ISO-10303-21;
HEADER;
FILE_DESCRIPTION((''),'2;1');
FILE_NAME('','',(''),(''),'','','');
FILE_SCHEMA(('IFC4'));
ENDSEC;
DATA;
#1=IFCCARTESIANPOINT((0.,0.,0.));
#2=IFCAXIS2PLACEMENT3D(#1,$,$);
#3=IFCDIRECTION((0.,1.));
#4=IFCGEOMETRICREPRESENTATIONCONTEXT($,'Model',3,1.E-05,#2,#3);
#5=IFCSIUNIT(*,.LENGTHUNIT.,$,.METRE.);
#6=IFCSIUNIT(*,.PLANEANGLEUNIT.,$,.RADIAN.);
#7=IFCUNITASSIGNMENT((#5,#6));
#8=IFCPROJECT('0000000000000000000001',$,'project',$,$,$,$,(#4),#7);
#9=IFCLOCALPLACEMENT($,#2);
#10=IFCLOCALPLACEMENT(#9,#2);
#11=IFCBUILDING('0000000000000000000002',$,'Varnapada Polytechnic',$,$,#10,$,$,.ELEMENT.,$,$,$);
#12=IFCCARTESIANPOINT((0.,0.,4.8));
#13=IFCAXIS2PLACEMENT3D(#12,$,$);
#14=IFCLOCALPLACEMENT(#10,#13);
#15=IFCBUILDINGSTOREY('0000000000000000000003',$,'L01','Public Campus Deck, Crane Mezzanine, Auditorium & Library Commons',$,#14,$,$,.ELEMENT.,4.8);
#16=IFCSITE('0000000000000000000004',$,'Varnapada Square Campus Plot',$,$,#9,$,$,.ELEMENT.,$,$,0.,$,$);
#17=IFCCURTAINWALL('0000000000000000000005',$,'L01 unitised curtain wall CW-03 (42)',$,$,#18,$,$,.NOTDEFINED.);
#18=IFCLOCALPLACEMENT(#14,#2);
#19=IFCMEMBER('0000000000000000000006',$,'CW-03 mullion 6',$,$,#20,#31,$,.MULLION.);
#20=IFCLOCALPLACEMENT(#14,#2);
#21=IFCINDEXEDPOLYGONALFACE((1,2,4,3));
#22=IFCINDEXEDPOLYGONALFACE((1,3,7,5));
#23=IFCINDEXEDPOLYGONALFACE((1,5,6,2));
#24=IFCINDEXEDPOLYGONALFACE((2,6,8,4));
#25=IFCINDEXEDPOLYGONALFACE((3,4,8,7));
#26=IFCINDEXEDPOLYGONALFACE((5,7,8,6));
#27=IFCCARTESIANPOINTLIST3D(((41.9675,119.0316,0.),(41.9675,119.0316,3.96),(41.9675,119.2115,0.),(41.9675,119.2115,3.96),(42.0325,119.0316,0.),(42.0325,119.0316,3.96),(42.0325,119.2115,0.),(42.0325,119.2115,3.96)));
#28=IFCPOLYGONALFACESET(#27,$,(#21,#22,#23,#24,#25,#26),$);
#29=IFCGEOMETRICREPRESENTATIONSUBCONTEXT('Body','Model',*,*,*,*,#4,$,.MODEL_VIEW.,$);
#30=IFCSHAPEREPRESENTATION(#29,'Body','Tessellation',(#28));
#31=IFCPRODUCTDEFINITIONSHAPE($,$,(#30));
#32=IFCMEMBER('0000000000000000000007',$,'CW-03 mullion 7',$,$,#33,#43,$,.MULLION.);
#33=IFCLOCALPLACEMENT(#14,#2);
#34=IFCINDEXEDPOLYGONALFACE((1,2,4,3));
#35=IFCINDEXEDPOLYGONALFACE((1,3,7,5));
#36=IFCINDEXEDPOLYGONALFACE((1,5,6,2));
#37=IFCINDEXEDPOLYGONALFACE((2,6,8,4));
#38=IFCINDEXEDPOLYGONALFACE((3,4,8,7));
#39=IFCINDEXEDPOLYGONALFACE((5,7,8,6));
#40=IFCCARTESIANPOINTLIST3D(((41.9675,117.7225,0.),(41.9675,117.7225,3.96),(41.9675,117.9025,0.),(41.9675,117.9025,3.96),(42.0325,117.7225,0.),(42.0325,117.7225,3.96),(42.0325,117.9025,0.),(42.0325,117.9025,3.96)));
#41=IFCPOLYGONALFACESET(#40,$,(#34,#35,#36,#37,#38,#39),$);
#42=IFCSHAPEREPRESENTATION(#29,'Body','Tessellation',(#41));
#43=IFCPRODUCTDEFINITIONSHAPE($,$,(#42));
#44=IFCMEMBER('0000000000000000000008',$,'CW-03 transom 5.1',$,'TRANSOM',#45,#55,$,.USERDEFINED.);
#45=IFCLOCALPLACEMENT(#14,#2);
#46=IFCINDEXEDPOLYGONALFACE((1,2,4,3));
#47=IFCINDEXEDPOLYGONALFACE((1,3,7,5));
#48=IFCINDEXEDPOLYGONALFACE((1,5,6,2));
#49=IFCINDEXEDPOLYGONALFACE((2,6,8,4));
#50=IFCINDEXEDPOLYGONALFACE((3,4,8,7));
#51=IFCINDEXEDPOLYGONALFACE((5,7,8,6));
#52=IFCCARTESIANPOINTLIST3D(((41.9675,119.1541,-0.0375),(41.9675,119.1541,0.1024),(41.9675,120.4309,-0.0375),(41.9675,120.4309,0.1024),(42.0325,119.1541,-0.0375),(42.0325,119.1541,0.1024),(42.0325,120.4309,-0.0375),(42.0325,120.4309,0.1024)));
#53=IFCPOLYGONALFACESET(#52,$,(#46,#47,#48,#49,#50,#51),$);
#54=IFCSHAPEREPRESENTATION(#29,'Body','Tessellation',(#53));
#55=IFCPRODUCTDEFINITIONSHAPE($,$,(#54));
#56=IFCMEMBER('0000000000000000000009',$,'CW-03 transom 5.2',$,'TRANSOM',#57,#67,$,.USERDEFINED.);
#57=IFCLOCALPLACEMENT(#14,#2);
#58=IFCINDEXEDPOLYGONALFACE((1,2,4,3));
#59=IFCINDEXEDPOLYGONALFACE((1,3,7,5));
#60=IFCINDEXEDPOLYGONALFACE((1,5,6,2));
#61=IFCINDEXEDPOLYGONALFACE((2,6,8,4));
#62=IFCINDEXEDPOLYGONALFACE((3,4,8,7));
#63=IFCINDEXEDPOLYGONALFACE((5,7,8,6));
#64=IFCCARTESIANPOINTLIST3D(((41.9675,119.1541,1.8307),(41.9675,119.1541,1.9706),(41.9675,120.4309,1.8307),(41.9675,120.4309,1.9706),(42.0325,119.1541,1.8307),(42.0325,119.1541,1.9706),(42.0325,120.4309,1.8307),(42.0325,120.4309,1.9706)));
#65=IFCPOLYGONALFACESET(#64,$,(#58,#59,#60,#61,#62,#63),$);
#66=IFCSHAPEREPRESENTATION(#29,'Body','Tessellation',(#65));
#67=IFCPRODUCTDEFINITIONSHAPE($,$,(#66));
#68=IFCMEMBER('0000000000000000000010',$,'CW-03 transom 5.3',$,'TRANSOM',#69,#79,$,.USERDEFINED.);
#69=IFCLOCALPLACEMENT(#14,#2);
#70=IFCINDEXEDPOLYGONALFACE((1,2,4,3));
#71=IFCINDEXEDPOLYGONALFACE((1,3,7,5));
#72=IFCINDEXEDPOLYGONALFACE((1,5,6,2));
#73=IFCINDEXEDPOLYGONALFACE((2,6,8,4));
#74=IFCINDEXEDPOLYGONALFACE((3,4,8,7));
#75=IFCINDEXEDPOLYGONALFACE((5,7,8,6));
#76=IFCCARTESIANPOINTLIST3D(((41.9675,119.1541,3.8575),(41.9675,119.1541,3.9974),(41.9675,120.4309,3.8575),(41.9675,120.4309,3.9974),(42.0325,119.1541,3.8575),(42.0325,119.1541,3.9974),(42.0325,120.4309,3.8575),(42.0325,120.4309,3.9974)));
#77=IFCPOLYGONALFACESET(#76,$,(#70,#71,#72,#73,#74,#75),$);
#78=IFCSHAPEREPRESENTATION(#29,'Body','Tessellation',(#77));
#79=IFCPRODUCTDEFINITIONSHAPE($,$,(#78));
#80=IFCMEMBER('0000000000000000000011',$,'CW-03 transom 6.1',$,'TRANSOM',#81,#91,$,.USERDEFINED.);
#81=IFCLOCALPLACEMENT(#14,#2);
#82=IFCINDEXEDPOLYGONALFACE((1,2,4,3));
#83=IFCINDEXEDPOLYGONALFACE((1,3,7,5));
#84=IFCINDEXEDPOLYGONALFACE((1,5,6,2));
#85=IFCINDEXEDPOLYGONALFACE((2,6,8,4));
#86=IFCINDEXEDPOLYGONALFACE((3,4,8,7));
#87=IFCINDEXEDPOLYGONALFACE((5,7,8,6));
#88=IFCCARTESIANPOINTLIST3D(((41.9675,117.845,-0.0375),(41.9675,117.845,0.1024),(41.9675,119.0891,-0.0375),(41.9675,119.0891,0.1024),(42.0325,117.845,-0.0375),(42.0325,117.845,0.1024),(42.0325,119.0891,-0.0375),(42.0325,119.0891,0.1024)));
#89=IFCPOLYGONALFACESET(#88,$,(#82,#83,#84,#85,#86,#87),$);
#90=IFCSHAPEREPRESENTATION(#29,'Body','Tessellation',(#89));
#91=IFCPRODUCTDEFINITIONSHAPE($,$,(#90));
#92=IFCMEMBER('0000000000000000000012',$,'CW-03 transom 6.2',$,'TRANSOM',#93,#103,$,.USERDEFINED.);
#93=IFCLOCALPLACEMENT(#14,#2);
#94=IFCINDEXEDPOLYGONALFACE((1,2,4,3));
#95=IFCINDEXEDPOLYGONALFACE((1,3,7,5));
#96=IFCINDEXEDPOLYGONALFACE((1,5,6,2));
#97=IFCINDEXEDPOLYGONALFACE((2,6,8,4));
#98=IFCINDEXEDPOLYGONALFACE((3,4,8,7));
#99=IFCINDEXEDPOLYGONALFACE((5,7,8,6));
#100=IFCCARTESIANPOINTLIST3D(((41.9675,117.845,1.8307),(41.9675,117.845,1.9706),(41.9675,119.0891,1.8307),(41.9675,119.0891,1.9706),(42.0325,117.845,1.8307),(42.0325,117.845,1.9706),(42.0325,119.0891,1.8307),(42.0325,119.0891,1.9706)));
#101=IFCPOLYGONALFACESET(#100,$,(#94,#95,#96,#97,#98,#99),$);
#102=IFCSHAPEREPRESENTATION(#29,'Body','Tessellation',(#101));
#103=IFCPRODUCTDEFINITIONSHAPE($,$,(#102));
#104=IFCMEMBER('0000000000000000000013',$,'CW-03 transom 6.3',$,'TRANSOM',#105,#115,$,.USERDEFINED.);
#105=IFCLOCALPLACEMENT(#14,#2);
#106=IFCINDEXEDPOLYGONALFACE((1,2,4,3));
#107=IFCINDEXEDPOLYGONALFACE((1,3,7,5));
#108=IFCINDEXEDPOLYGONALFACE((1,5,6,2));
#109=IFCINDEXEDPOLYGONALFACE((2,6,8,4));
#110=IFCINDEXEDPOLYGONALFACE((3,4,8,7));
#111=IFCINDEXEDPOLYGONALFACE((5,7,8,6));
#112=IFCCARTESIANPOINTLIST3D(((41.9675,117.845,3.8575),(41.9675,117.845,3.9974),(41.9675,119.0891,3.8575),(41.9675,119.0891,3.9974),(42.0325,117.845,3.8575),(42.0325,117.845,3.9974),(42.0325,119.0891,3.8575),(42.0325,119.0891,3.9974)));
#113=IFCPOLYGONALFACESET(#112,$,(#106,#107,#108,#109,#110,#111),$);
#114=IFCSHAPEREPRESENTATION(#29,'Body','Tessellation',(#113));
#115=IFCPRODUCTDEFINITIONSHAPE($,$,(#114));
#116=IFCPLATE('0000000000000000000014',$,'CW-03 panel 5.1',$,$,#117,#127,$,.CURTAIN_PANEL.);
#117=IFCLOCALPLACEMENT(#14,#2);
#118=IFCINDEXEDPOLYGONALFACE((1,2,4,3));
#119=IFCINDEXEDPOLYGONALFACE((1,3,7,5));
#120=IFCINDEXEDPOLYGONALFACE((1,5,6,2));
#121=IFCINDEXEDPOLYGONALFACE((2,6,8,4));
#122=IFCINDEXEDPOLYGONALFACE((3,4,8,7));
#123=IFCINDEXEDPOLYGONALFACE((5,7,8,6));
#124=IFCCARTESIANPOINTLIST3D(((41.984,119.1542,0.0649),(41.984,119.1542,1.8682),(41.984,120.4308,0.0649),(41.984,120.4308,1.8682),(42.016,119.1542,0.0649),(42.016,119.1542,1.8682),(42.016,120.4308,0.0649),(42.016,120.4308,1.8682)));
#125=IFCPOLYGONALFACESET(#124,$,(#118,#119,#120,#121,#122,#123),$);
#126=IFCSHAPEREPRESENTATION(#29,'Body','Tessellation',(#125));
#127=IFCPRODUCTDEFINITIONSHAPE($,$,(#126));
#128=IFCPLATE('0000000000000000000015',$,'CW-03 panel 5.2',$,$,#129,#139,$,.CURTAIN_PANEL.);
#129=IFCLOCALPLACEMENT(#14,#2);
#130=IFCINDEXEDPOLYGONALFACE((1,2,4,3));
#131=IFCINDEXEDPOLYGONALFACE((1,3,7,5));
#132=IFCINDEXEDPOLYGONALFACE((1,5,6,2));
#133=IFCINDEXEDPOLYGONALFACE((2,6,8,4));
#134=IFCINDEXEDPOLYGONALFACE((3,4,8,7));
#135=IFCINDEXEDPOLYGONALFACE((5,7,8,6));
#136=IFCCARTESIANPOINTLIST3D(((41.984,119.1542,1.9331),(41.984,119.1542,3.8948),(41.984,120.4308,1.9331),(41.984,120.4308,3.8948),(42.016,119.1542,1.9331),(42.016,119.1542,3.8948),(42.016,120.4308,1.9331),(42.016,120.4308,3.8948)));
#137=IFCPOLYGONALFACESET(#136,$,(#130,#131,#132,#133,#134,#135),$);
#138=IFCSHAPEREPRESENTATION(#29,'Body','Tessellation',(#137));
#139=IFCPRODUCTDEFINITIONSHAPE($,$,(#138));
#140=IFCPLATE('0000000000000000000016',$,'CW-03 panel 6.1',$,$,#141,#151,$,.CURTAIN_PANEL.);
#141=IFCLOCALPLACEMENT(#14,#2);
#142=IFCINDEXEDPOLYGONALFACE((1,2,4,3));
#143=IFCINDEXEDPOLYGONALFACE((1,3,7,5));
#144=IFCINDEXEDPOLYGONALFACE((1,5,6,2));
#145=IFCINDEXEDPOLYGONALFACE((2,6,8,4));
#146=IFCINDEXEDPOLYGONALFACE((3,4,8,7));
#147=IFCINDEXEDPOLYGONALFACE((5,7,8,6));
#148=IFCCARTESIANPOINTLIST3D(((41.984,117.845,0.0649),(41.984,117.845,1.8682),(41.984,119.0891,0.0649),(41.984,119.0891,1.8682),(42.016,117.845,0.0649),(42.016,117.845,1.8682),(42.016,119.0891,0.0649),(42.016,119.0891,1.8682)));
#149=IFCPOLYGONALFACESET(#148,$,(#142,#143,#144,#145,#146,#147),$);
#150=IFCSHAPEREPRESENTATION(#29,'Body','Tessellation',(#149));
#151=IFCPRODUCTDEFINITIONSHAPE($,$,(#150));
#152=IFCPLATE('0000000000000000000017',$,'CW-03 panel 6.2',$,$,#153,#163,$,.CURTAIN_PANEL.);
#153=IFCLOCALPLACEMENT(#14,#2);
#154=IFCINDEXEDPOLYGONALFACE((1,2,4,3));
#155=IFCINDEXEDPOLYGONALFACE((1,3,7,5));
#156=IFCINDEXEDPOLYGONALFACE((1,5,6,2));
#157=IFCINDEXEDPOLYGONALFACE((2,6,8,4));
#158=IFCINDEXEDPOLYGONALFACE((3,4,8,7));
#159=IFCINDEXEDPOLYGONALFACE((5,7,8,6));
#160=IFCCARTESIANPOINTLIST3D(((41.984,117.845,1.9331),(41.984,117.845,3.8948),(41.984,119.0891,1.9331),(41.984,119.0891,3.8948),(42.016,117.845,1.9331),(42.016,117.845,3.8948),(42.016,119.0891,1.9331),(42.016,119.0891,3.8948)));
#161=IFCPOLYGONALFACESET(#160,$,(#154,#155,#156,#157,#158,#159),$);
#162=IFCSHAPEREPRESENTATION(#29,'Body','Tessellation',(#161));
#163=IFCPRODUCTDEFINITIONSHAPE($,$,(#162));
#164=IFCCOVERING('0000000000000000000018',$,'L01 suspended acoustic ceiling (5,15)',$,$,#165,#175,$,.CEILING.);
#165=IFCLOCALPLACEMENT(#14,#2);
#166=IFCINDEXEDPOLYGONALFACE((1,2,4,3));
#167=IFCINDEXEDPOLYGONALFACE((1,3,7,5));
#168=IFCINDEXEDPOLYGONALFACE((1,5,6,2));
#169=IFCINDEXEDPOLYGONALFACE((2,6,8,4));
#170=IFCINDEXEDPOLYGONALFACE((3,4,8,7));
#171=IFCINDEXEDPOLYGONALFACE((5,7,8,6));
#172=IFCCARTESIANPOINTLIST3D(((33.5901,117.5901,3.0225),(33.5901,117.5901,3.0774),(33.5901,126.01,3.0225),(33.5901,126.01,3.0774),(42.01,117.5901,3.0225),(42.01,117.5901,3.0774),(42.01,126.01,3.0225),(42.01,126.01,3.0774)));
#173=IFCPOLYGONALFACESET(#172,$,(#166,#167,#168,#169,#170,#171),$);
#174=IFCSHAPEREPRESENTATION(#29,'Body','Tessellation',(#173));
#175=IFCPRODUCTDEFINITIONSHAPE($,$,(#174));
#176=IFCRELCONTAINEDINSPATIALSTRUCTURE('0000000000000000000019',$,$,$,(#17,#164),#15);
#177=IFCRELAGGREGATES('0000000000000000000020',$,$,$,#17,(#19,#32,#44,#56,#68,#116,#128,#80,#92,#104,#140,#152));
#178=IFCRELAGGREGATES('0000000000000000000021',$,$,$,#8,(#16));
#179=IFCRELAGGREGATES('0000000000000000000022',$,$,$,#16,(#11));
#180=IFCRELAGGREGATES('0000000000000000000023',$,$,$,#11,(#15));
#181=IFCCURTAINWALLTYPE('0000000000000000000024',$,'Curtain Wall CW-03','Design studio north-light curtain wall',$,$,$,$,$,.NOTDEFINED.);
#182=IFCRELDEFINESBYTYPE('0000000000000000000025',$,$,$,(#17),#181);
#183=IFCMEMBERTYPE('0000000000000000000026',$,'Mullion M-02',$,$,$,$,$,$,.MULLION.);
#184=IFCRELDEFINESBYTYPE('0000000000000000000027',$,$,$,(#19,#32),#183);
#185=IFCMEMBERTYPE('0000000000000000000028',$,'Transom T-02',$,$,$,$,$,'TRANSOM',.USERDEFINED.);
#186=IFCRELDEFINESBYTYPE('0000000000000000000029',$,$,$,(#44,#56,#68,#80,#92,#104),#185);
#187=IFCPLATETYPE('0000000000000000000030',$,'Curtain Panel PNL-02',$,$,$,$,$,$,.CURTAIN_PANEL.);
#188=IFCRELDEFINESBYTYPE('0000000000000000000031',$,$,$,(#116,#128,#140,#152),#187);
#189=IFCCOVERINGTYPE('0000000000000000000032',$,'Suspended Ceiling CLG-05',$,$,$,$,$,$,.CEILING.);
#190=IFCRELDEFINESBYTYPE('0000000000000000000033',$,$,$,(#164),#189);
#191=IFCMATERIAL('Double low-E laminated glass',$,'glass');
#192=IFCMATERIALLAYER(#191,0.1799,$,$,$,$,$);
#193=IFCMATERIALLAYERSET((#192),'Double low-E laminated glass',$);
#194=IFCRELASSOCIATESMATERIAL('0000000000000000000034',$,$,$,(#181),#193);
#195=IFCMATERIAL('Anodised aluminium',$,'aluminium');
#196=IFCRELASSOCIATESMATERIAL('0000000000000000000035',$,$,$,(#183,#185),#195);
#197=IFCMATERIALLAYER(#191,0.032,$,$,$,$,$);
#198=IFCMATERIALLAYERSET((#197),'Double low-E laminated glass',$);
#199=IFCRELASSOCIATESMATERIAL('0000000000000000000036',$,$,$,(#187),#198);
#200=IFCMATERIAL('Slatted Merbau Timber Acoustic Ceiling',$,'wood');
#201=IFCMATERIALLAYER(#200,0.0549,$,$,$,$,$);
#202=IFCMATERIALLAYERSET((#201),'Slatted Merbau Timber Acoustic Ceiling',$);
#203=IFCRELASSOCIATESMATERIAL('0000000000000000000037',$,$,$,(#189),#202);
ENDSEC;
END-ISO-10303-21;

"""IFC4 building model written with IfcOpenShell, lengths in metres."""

from ifc_helpers import new_model, si_unit, direction, frame, origin, origin_2d, place, context, subcontext, project, spatial, rectangle, extrude, material, layer, layer_set, material_profile, profile_set, type_object, element, aggregate, save


model = new_model("IFC4")

# Units and contexts
model_context = context("Model", 3, precision=1e-05, world=origin(), true_north=direction((0.0, 1.0)))
body_context = subcontext(model_context, "Body", "Model", "MODEL_VIEW")
ifc_project = project(units=[si_unit("LENGTHUNIT", "METRE"), si_unit("PLANEANGLEUNIT", "RADIAN")], contexts=[model_context])

# Site, building, storey
site_placement = place(None, origin())
site = spatial("IfcSite", under=ifc_project, at=site_placement, Name="Varnapada Square Campus Plot", CompositionType="ELEMENT", RefElevation=0.0)
building_placement = place(site_placement, origin())
building = spatial("IfcBuilding", under=site, at=building_placement, Name="Varnapada Polytechnic", CompositionType="ELEMENT")
storey_placement = place(building_placement, frame((0.0, 0.0, 4.8)))
storey = spatial("IfcBuildingStorey", under=building, at=storey_placement, Name="L01", Description="Public Campus Deck, Crane Mezzanine, Auditorium & Library Commons", CompositionType="ELEMENT", Elevation=4.8)

# Curtain wall, members, plates
ifc_material_1 = material(Name="Double low-E laminated glass", Category="glass")
ifc_layer_1 = layer(ifc_material_1, 0.1799)
ifc_layer_set_1 = layer_set([ifc_layer_1], Name="Double low-E laminated glass")
curtain_wall_type = type_object("IfcCurtainWallType", Name="Curtain Wall CW-03", Description="Design studio north-light curtain wall", PredefinedType="NOTDEFINED", material=ifc_layer_set_1)
curtain_wall_placement = place(storey_placement, origin())
curtain_wall = element("IfcCurtainWall", 1, at=curtain_wall_placement, inside=storey, type_object=curtain_wall_type, Name="L01 unitised curtain wall CW-03 (42)", PredefinedType="NOTDEFINED")
ifc_material_2 = material(Name="Anodised aluminium", Category="aluminium")
ifc_material_profile_1 = material_profile(ifc_material_2, rectangle(XDim=0.0649, YDim=0.1799, at=origin_2d()), Name="ALU M65x180")
ifc_profile_set_1 = profile_set([ifc_material_profile_1], Name="Anodised aluminium")
member_type_1 = type_object("IfcMemberType", Name="Mullion M-02", PredefinedType="MULLION", material=ifc_profile_set_1)
member_1_placement = place(storey_placement, frame((42.0, 119.1216, 0.0), z_axis=(0.0, 0.0, 1.0), x_axis=(1.0, 0.0, 0.0)))
member_1 = element("IfcMember", 2, at=member_1_placement, type_object=member_type_1, Name="CW-03 mullion 6", PredefinedType="MULLION", context=body_context, shape_type="SweptSolid", body=[
    extrude(rectangle(XDim=0.0649, YDim=0.1799, at=origin_2d()), origin(), (0.0, 0.0, 1.0), 3.96),
])
member_2_placement = place(storey_placement, frame((42.0, 117.8125, 0.0), z_axis=(0.0, 0.0, 1.0), x_axis=(1.0, 0.0, 0.0)))
member_2 = element("IfcMember", 3, at=member_2_placement, type_object=member_type_1, Name="CW-03 mullion 7", PredefinedType="MULLION", context=body_context, shape_type="SweptSolid", body=[
    extrude(rectangle(XDim=0.0649, YDim=0.1799, at=origin_2d()), origin(), (0.0, 0.0, 1.0), 3.96),
])
ifc_material_profile_2 = material_profile(ifc_material_2, rectangle(XDim=0.0649, YDim=0.1399, at=origin_2d()), Name="ALU T65x140")
ifc_profile_set_2 = profile_set([ifc_material_profile_2], Name="Anodised aluminium")
member_type_2 = type_object("IfcMemberType", Name="Transom T-02", ElementType="TRANSOM", PredefinedType="USERDEFINED", material=ifc_profile_set_2)
member_3_placement = place(storey_placement, frame((42.0, 120.4309, 0.0325), z_axis=(0.0, -1.0, 0.0), x_axis=(1.0, 0.0, 0.0)))
member_3 = element("IfcMember", 4, at=member_3_placement, type_object=member_type_2, Name="CW-03 transom 5.1", ObjectType="TRANSOM", PredefinedType="USERDEFINED", context=body_context, shape_type="SweptSolid", body=[
    extrude(rectangle(XDim=0.0649, YDim=0.1399, at=origin_2d()), origin(), (0.0, 0.0, 1.0), 1.2769),
])
member_4_placement = place(storey_placement, frame((42.0, 120.4309, 1.9006), z_axis=(0.0, -1.0, 0.0), x_axis=(1.0, 0.0, 0.0)))
member_4 = element("IfcMember", 5, at=member_4_placement, type_object=member_type_2, Name="CW-03 transom 5.2", ObjectType="TRANSOM", PredefinedType="USERDEFINED", context=body_context, shape_type="SweptSolid", body=[
    extrude(rectangle(XDim=0.0649, YDim=0.1399, at=origin_2d()), origin(), (0.0, 0.0, 1.0), 1.2769),
])
member_5_placement = place(storey_placement, frame((42.0, 120.4309, 3.9275), z_axis=(0.0, -1.0, 0.0), x_axis=(1.0, 0.0, 0.0)))
member_5 = element("IfcMember", 6, at=member_5_placement, type_object=member_type_2, Name="CW-03 transom 5.3", ObjectType="TRANSOM", PredefinedType="USERDEFINED", context=body_context, shape_type="SweptSolid", body=[
    extrude(rectangle(XDim=0.0649, YDim=0.1399, at=origin_2d()), origin(), (0.0, 0.0, 1.0), 1.2769),
])
member_6_placement = place(storey_placement, frame((42.0, 119.0891, 0.0325), z_axis=(0.0, -1.0, 0.0), x_axis=(1.0, 0.0, 0.0)))
member_6 = element("IfcMember", 7, at=member_6_placement, type_object=member_type_2, Name="CW-03 transom 6.1", ObjectType="TRANSOM", PredefinedType="USERDEFINED", context=body_context, shape_type="SweptSolid", body=[
    extrude(rectangle(XDim=0.0649, YDim=0.1399, at=origin_2d()), origin(), (0.0, 0.0, 1.0), 1.2441),
])
member_7_placement = place(storey_placement, frame((42.0, 119.0891, 1.9006), z_axis=(0.0, -1.0, 0.0), x_axis=(1.0, 0.0, 0.0)))
member_7 = element("IfcMember", 8, at=member_7_placement, type_object=member_type_2, Name="CW-03 transom 6.2", ObjectType="TRANSOM", PredefinedType="USERDEFINED", context=body_context, shape_type="SweptSolid", body=[
    extrude(rectangle(XDim=0.0649, YDim=0.1399, at=origin_2d()), origin(), (0.0, 0.0, 1.0), 1.2441),
])
member_8_placement = place(storey_placement, frame((42.0, 119.0891, 3.9275), z_axis=(0.0, -1.0, 0.0), x_axis=(1.0, 0.0, 0.0)))
member_8 = element("IfcMember", 9, at=member_8_placement, type_object=member_type_2, Name="CW-03 transom 6.3", ObjectType="TRANSOM", PredefinedType="USERDEFINED", context=body_context, shape_type="SweptSolid", body=[
    extrude(rectangle(XDim=0.0649, YDim=0.1399, at=origin_2d()), origin(), (0.0, 0.0, 1.0), 1.2441),
])
ifc_layer_2 = layer(ifc_material_1, 0.032)
ifc_layer_set_2 = layer_set([ifc_layer_2], Name="Double low-E laminated glass")
plate_type = type_object("IfcPlateType", Name="Curtain Panel PNL-02", PredefinedType="CURTAIN_PANEL", material=ifc_layer_set_2)
plate_1_placement = place(storey_placement, frame((42.0, 119.7925, 0.0649), z_axis=(0.0, 0.0, 1.0), x_axis=(0.0, -1.0, 0.0)))
plate_1 = element("IfcPlate", 10, at=plate_1_placement, type_object=plate_type, Name="CW-03 panel 5.1", PredefinedType="CURTAIN_PANEL", context=body_context, shape_type="SweptSolid", body=[
    extrude(rectangle(XDim=1.2766, YDim=0.032, at=origin_2d()), origin(), (0.0, 0.0, 1.0), 1.8032),
])
plate_2_placement = place(storey_placement, frame((42.0, 119.7925, 1.9331), z_axis=(0.0, 0.0, 1.0), x_axis=(0.0, -1.0, 0.0)))
plate_2 = element("IfcPlate", 11, at=plate_2_placement, type_object=plate_type, Name="CW-03 panel 5.2", PredefinedType="CURTAIN_PANEL", context=body_context, shape_type="SweptSolid", body=[
    extrude(rectangle(XDim=1.2766, YDim=0.032, at=origin_2d()), origin(), (0.0, 0.0, 1.0), 1.9617),
])
plate_3_placement = place(storey_placement, frame((42.0, 118.467, 0.0649), z_axis=(0.0, 0.0, 1.0), x_axis=(0.0, -1.0, 0.0)))
plate_3 = element("IfcPlate", 12, at=plate_3_placement, type_object=plate_type, Name="CW-03 panel 6.1", PredefinedType="CURTAIN_PANEL", context=body_context, shape_type="SweptSolid", body=[
    extrude(rectangle(XDim=1.2441, YDim=0.032, at=origin_2d()), origin(), (0.0, 0.0, 1.0), 1.8032),
])
plate_4_placement = place(storey_placement, frame((42.0, 118.467, 1.9331), z_axis=(0.0, 0.0, 1.0), x_axis=(0.0, -1.0, 0.0)))
plate_4 = element("IfcPlate", 13, at=plate_4_placement, type_object=plate_type, Name="CW-03 panel 6.2", PredefinedType="CURTAIN_PANEL", context=body_context, shape_type="SweptSolid", body=[
    extrude(rectangle(XDim=1.2441, YDim=0.032, at=origin_2d()), origin(), (0.0, 0.0, 1.0), 1.9617),
])
aggregate(curtain_wall, [member_1, member_2, member_3, member_4, member_5, plate_1, plate_2, member_6, member_7, member_8, plate_3, plate_4])

# Covering
ifc_material_3 = material(Name="Slatted Merbau Timber Acoustic Ceiling", Category="wood")
ifc_layer_3 = layer(ifc_material_3, 0.0549)
ifc_layer_set_3 = layer_set([ifc_layer_3], Name="Slatted Merbau Timber Acoustic Ceiling")
covering_type = type_object("IfcCoveringType", Name="Suspended Ceiling CLG-05", PredefinedType="CEILING", material=ifc_layer_set_3)
covering_placement = place(storey_placement, frame((37.8, 121.8, 3.0225), z_axis=(0.0, 0.0, 1.0), x_axis=(1.0, 0.0, 0.0)))
element("IfcCovering", 14, at=covering_placement, inside=storey, type_object=covering_type, Name="L01 suspended acoustic ceiling (5,15)", PredefinedType="CEILING", context=body_context, shape_type="SweptSolid", body=[
    extrude(rectangle(XDim=8.4199, YDim=8.4199, at=origin_2d()), origin(), (0.0, 0.0, 1.0), 0.0549),
])

save(model, "model.ifc")
